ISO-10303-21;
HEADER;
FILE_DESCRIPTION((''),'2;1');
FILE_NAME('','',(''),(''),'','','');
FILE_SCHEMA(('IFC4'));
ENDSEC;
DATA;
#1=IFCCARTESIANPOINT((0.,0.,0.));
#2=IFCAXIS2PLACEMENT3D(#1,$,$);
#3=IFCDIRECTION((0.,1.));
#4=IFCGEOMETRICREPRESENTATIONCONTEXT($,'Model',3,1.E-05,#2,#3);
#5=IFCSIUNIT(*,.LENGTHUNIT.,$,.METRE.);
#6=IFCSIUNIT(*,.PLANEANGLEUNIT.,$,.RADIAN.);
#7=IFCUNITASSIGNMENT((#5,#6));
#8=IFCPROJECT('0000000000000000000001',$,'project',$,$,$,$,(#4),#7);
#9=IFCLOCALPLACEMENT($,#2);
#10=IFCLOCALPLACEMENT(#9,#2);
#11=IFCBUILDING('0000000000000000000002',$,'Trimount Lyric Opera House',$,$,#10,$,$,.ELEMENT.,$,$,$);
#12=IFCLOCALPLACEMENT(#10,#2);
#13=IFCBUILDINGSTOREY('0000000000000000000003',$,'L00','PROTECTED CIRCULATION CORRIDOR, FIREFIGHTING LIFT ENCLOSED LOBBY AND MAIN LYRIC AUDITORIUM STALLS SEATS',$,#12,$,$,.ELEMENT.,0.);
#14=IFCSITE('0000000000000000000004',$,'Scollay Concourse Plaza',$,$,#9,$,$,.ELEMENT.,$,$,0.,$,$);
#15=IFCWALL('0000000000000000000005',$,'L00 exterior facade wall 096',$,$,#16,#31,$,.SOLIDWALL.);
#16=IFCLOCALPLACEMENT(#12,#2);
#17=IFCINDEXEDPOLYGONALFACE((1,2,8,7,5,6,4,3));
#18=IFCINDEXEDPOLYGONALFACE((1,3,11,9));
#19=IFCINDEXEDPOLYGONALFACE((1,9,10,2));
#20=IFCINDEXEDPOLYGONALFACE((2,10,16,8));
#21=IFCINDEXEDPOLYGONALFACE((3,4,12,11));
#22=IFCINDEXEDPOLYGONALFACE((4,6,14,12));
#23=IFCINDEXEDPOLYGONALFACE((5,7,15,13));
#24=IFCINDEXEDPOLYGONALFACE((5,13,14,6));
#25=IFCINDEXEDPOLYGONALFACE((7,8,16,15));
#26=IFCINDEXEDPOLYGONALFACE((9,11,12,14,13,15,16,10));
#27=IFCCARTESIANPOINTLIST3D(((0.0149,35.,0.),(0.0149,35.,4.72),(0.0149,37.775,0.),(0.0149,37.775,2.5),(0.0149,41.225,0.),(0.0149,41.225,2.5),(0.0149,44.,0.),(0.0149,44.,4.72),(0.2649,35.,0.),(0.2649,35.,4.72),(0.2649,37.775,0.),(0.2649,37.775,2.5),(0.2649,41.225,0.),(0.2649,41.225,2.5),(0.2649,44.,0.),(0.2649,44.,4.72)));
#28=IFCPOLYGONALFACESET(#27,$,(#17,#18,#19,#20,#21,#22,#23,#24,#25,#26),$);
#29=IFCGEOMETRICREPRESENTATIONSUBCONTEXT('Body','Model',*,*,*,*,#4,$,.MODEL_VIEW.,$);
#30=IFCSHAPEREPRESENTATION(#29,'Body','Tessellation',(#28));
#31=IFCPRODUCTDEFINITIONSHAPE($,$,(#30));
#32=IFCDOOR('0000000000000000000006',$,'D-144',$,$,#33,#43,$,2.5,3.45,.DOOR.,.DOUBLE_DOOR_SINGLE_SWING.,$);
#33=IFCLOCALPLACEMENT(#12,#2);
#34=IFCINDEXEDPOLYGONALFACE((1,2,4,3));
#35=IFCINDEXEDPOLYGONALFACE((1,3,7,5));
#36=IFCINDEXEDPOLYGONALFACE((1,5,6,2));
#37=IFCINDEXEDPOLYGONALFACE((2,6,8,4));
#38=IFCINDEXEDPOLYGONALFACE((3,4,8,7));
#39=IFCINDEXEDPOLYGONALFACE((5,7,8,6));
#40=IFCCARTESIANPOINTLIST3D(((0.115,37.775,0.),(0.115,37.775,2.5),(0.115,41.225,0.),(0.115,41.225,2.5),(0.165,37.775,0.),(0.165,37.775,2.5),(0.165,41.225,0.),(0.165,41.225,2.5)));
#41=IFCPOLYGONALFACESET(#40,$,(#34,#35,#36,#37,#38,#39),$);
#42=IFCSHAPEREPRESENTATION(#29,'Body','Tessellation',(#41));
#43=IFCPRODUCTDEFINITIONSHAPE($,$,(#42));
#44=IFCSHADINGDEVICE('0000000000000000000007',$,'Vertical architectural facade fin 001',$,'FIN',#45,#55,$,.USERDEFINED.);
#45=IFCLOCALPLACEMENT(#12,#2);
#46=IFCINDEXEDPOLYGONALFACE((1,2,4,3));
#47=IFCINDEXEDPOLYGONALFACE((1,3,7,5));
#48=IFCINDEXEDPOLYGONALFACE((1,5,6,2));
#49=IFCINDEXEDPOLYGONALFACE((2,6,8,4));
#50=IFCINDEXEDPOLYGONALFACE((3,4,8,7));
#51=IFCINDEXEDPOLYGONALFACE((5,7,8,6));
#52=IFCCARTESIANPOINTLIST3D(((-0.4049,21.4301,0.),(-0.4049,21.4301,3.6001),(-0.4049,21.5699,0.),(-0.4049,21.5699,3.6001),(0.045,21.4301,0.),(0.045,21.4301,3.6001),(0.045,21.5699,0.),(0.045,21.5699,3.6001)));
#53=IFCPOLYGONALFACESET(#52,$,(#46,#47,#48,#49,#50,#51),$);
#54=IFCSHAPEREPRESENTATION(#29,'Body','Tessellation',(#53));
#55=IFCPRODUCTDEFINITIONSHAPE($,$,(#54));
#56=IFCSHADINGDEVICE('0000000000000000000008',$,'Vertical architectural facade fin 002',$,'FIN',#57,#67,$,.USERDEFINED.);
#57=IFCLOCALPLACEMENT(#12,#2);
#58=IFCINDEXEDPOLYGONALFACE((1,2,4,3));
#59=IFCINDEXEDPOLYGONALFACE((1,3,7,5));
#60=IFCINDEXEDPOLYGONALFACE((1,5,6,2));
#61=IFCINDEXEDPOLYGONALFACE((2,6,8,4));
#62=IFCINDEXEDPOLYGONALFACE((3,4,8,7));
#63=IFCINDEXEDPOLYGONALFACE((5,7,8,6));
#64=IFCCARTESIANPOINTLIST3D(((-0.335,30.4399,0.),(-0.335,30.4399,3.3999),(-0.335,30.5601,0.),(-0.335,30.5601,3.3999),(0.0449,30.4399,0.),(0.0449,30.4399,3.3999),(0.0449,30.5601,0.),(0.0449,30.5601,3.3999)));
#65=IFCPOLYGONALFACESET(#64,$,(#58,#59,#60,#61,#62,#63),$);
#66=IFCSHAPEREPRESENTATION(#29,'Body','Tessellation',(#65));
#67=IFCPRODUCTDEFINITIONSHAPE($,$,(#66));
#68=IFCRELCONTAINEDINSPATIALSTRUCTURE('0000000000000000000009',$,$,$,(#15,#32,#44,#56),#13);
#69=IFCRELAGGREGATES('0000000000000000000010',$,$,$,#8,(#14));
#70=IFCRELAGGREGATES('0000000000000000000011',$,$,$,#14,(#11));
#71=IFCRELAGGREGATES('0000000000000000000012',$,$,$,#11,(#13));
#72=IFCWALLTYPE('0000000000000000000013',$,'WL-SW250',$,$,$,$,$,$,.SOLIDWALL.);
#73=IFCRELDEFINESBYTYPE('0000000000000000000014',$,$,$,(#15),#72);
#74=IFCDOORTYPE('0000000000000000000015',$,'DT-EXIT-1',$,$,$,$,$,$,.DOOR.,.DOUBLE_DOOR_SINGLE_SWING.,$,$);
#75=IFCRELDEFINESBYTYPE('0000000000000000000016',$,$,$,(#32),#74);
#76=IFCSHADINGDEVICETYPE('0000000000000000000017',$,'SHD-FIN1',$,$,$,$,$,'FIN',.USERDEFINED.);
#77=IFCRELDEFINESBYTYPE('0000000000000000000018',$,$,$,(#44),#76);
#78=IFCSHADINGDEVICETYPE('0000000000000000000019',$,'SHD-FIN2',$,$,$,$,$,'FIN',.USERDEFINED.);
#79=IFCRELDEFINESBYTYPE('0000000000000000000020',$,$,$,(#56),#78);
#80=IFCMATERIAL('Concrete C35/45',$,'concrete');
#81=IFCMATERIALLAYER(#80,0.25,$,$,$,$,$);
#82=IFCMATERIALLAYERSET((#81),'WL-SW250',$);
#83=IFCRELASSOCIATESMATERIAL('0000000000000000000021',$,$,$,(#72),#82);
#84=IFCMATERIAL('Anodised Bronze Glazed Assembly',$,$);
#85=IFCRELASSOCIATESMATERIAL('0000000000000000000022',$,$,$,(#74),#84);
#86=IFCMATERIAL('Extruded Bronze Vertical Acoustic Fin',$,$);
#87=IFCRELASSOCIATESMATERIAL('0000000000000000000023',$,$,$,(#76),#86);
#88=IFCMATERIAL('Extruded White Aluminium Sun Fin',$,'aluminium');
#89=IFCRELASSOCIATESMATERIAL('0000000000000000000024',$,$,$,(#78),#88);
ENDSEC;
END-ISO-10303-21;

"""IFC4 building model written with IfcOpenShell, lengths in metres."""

from ifc_helpers import new_model, si_unit, direction, frame, frame_2d, origin, origin_2d, place, context, subcontext, project, spatial, rectangle, extrude, material, layer, layer_set, type_object, element, fill, save


model = new_model("IFC4")

# Units and contexts
model_context = context("Model", 3, precision=1e-05, world=origin(), true_north=direction((0.0, 1.0)))
body_context = subcontext(model_context, "Body", "Model", "MODEL_VIEW")
ifc_project = project(units=[si_unit("LENGTHUNIT", "METRE"), si_unit("PLANEANGLEUNIT", "RADIAN")], contexts=[model_context])

# Site, building, storey
site_placement = place(None, origin())
site = spatial("IfcSite", under=ifc_project, at=site_placement, Name="Scollay Concourse Plaza", CompositionType="ELEMENT", RefElevation=0.0)
building_placement = place(site_placement, origin())
building = spatial("IfcBuilding", under=site, at=building_placement, Name="Trimount Lyric Opera House", CompositionType="ELEMENT")
storey_placement = place(building_placement, origin())
storey = spatial("IfcBuildingStorey", under=building, at=storey_placement, Name="L00", Description="PROTECTED CIRCULATION CORRIDOR, FIREFIGHTING LIFT ENCLOSED LOBBY AND MAIN LYRIC AUDITORIUM STALLS SEATS", CompositionType="ELEMENT", Elevation=0.0)

# Wall, opening, door
ifc_material_1 = material(Name="Concrete C35/45", Category="concrete")
ifc_layer = layer(ifc_material_1, 0.25)
ifc_layer_set = layer_set([ifc_layer], Name="WL-SW250")
wall_type = type_object("IfcWallType", Name="WL-SW250", PredefinedType="SOLIDWALL", material=ifc_layer_set)
ifc_material_2 = material(Name="Anodised Bronze Glazed Assembly")
door_type = type_object("IfcDoorType", Name="DT-EXIT-1", OperationType="DOUBLE_DOOR_SINGLE_SWING", PredefinedType="DOOR", material=ifc_material_2)
wall_1_placement = place(storey_placement, frame((0.1399, 35.0, 0.0), z_axis=(0.0, 0.0, 1.0), x_axis=(0.0, 1.0, 0.0)))
wall_1 = element("IfcWall", 1, at=wall_1_placement, inside=storey, type_object=wall_type, Name="L00 exterior facade wall 096", PredefinedType="SOLIDWALL", context=body_context, shape_type="SweptSolid", body=[
    extrude(rectangle(XDim=9.0, YDim=0.25, at=frame_2d((4.5, 0.0))), origin(), (0.0, 0.0, 1.0), 4.72),
])
opening_1_placement = place(wall_1_placement, frame((2.7749, 0.0, 0.0)))
opening_1 = element("IfcOpeningElement", 2, at=opening_1_placement, cuts=wall_1, PredefinedType="OPENING", context=body_context, shape_type="SweptSolid", body=[
    extrude(rectangle(XDim=3.45, YDim=2.5, at=frame_2d((1.7251, 1.25))), frame((0.0, 0.135, 0.0), z_axis=(0.0, -1.0, 0.0), x_axis=(1.0, 0.0, 0.0)), (0.0, 0.0, 1.0), 0.27),
])
door_1_placement = place(opening_1_placement, origin())
door_1 = element("IfcDoor", 3, at=door_1_placement, inside=storey, type_object=door_type, Name="D-144", OperationType="DOUBLE_DOOR_SINGLE_SWING", OverallHeight=2.5, OverallWidth=3.45, PredefinedType="DOOR", context=body_context, shape_type="SweptSolid", body=[
    extrude(rectangle(XDim=3.45, YDim=2.5, at=frame_2d((1.7251, 1.25))), frame((0.0, 0.0249, 0.0), z_axis=(0.0, -1.0, 0.0), x_axis=(1.0, 0.0, 0.0)), (0.0, 0.0, 1.0), 0.05),
])
fill(opening_1, door_1)

# Shading devices
ifc_material_3 = material(Name="Extruded Bronze Vertical Acoustic Fin")
shading_device_type_1 = type_object("IfcShadingDeviceType", Name="SHD-FIN1", ElementType="FIN", PredefinedType="USERDEFINED", material=ifc_material_3)
shading_device_1_placement = place(storey_placement, frame((-0.1799, 21.5, 0.0), z_axis=(0.0, 0.0, 1.0), x_axis=(1.0, 0.0, 0.0)))
element("IfcShadingDevice", 4, at=shading_device_1_placement, inside=storey, type_object=shading_device_type_1, Name="Vertical architectural facade fin 001", ObjectType="FIN", PredefinedType="USERDEFINED", context=body_context, shape_type="SweptSolid", body=[
    extrude(rectangle(XDim=0.45, YDim=0.1399, at=origin_2d()), origin(), (0.0, 0.0, 1.0), 3.6001),
])
ifc_material_4 = material(Name="Extruded White Aluminium Sun Fin", Category="aluminium")
shading_device_type_2 = type_object("IfcShadingDeviceType", Name="SHD-FIN2", ElementType="FIN", PredefinedType="USERDEFINED", material=ifc_material_4)
shading_device_2_placement = place(storey_placement, frame((-0.145, 30.5, 0.0), z_axis=(0.0, 0.0, 1.0), x_axis=(1.0, 0.0, 0.0)))
element("IfcShadingDevice", 5, at=shading_device_2_placement, inside=storey, type_object=shading_device_type_2, Name="Vertical architectural facade fin 002", ObjectType="FIN", PredefinedType="USERDEFINED", context=body_context, shape_type="SweptSolid", body=[
    extrude(rectangle(XDim=0.3799, YDim=0.1201, at=origin_2d()), origin(), (0.0, 0.0, 1.0), 3.3999),
])

save(model, "model.ifc")
